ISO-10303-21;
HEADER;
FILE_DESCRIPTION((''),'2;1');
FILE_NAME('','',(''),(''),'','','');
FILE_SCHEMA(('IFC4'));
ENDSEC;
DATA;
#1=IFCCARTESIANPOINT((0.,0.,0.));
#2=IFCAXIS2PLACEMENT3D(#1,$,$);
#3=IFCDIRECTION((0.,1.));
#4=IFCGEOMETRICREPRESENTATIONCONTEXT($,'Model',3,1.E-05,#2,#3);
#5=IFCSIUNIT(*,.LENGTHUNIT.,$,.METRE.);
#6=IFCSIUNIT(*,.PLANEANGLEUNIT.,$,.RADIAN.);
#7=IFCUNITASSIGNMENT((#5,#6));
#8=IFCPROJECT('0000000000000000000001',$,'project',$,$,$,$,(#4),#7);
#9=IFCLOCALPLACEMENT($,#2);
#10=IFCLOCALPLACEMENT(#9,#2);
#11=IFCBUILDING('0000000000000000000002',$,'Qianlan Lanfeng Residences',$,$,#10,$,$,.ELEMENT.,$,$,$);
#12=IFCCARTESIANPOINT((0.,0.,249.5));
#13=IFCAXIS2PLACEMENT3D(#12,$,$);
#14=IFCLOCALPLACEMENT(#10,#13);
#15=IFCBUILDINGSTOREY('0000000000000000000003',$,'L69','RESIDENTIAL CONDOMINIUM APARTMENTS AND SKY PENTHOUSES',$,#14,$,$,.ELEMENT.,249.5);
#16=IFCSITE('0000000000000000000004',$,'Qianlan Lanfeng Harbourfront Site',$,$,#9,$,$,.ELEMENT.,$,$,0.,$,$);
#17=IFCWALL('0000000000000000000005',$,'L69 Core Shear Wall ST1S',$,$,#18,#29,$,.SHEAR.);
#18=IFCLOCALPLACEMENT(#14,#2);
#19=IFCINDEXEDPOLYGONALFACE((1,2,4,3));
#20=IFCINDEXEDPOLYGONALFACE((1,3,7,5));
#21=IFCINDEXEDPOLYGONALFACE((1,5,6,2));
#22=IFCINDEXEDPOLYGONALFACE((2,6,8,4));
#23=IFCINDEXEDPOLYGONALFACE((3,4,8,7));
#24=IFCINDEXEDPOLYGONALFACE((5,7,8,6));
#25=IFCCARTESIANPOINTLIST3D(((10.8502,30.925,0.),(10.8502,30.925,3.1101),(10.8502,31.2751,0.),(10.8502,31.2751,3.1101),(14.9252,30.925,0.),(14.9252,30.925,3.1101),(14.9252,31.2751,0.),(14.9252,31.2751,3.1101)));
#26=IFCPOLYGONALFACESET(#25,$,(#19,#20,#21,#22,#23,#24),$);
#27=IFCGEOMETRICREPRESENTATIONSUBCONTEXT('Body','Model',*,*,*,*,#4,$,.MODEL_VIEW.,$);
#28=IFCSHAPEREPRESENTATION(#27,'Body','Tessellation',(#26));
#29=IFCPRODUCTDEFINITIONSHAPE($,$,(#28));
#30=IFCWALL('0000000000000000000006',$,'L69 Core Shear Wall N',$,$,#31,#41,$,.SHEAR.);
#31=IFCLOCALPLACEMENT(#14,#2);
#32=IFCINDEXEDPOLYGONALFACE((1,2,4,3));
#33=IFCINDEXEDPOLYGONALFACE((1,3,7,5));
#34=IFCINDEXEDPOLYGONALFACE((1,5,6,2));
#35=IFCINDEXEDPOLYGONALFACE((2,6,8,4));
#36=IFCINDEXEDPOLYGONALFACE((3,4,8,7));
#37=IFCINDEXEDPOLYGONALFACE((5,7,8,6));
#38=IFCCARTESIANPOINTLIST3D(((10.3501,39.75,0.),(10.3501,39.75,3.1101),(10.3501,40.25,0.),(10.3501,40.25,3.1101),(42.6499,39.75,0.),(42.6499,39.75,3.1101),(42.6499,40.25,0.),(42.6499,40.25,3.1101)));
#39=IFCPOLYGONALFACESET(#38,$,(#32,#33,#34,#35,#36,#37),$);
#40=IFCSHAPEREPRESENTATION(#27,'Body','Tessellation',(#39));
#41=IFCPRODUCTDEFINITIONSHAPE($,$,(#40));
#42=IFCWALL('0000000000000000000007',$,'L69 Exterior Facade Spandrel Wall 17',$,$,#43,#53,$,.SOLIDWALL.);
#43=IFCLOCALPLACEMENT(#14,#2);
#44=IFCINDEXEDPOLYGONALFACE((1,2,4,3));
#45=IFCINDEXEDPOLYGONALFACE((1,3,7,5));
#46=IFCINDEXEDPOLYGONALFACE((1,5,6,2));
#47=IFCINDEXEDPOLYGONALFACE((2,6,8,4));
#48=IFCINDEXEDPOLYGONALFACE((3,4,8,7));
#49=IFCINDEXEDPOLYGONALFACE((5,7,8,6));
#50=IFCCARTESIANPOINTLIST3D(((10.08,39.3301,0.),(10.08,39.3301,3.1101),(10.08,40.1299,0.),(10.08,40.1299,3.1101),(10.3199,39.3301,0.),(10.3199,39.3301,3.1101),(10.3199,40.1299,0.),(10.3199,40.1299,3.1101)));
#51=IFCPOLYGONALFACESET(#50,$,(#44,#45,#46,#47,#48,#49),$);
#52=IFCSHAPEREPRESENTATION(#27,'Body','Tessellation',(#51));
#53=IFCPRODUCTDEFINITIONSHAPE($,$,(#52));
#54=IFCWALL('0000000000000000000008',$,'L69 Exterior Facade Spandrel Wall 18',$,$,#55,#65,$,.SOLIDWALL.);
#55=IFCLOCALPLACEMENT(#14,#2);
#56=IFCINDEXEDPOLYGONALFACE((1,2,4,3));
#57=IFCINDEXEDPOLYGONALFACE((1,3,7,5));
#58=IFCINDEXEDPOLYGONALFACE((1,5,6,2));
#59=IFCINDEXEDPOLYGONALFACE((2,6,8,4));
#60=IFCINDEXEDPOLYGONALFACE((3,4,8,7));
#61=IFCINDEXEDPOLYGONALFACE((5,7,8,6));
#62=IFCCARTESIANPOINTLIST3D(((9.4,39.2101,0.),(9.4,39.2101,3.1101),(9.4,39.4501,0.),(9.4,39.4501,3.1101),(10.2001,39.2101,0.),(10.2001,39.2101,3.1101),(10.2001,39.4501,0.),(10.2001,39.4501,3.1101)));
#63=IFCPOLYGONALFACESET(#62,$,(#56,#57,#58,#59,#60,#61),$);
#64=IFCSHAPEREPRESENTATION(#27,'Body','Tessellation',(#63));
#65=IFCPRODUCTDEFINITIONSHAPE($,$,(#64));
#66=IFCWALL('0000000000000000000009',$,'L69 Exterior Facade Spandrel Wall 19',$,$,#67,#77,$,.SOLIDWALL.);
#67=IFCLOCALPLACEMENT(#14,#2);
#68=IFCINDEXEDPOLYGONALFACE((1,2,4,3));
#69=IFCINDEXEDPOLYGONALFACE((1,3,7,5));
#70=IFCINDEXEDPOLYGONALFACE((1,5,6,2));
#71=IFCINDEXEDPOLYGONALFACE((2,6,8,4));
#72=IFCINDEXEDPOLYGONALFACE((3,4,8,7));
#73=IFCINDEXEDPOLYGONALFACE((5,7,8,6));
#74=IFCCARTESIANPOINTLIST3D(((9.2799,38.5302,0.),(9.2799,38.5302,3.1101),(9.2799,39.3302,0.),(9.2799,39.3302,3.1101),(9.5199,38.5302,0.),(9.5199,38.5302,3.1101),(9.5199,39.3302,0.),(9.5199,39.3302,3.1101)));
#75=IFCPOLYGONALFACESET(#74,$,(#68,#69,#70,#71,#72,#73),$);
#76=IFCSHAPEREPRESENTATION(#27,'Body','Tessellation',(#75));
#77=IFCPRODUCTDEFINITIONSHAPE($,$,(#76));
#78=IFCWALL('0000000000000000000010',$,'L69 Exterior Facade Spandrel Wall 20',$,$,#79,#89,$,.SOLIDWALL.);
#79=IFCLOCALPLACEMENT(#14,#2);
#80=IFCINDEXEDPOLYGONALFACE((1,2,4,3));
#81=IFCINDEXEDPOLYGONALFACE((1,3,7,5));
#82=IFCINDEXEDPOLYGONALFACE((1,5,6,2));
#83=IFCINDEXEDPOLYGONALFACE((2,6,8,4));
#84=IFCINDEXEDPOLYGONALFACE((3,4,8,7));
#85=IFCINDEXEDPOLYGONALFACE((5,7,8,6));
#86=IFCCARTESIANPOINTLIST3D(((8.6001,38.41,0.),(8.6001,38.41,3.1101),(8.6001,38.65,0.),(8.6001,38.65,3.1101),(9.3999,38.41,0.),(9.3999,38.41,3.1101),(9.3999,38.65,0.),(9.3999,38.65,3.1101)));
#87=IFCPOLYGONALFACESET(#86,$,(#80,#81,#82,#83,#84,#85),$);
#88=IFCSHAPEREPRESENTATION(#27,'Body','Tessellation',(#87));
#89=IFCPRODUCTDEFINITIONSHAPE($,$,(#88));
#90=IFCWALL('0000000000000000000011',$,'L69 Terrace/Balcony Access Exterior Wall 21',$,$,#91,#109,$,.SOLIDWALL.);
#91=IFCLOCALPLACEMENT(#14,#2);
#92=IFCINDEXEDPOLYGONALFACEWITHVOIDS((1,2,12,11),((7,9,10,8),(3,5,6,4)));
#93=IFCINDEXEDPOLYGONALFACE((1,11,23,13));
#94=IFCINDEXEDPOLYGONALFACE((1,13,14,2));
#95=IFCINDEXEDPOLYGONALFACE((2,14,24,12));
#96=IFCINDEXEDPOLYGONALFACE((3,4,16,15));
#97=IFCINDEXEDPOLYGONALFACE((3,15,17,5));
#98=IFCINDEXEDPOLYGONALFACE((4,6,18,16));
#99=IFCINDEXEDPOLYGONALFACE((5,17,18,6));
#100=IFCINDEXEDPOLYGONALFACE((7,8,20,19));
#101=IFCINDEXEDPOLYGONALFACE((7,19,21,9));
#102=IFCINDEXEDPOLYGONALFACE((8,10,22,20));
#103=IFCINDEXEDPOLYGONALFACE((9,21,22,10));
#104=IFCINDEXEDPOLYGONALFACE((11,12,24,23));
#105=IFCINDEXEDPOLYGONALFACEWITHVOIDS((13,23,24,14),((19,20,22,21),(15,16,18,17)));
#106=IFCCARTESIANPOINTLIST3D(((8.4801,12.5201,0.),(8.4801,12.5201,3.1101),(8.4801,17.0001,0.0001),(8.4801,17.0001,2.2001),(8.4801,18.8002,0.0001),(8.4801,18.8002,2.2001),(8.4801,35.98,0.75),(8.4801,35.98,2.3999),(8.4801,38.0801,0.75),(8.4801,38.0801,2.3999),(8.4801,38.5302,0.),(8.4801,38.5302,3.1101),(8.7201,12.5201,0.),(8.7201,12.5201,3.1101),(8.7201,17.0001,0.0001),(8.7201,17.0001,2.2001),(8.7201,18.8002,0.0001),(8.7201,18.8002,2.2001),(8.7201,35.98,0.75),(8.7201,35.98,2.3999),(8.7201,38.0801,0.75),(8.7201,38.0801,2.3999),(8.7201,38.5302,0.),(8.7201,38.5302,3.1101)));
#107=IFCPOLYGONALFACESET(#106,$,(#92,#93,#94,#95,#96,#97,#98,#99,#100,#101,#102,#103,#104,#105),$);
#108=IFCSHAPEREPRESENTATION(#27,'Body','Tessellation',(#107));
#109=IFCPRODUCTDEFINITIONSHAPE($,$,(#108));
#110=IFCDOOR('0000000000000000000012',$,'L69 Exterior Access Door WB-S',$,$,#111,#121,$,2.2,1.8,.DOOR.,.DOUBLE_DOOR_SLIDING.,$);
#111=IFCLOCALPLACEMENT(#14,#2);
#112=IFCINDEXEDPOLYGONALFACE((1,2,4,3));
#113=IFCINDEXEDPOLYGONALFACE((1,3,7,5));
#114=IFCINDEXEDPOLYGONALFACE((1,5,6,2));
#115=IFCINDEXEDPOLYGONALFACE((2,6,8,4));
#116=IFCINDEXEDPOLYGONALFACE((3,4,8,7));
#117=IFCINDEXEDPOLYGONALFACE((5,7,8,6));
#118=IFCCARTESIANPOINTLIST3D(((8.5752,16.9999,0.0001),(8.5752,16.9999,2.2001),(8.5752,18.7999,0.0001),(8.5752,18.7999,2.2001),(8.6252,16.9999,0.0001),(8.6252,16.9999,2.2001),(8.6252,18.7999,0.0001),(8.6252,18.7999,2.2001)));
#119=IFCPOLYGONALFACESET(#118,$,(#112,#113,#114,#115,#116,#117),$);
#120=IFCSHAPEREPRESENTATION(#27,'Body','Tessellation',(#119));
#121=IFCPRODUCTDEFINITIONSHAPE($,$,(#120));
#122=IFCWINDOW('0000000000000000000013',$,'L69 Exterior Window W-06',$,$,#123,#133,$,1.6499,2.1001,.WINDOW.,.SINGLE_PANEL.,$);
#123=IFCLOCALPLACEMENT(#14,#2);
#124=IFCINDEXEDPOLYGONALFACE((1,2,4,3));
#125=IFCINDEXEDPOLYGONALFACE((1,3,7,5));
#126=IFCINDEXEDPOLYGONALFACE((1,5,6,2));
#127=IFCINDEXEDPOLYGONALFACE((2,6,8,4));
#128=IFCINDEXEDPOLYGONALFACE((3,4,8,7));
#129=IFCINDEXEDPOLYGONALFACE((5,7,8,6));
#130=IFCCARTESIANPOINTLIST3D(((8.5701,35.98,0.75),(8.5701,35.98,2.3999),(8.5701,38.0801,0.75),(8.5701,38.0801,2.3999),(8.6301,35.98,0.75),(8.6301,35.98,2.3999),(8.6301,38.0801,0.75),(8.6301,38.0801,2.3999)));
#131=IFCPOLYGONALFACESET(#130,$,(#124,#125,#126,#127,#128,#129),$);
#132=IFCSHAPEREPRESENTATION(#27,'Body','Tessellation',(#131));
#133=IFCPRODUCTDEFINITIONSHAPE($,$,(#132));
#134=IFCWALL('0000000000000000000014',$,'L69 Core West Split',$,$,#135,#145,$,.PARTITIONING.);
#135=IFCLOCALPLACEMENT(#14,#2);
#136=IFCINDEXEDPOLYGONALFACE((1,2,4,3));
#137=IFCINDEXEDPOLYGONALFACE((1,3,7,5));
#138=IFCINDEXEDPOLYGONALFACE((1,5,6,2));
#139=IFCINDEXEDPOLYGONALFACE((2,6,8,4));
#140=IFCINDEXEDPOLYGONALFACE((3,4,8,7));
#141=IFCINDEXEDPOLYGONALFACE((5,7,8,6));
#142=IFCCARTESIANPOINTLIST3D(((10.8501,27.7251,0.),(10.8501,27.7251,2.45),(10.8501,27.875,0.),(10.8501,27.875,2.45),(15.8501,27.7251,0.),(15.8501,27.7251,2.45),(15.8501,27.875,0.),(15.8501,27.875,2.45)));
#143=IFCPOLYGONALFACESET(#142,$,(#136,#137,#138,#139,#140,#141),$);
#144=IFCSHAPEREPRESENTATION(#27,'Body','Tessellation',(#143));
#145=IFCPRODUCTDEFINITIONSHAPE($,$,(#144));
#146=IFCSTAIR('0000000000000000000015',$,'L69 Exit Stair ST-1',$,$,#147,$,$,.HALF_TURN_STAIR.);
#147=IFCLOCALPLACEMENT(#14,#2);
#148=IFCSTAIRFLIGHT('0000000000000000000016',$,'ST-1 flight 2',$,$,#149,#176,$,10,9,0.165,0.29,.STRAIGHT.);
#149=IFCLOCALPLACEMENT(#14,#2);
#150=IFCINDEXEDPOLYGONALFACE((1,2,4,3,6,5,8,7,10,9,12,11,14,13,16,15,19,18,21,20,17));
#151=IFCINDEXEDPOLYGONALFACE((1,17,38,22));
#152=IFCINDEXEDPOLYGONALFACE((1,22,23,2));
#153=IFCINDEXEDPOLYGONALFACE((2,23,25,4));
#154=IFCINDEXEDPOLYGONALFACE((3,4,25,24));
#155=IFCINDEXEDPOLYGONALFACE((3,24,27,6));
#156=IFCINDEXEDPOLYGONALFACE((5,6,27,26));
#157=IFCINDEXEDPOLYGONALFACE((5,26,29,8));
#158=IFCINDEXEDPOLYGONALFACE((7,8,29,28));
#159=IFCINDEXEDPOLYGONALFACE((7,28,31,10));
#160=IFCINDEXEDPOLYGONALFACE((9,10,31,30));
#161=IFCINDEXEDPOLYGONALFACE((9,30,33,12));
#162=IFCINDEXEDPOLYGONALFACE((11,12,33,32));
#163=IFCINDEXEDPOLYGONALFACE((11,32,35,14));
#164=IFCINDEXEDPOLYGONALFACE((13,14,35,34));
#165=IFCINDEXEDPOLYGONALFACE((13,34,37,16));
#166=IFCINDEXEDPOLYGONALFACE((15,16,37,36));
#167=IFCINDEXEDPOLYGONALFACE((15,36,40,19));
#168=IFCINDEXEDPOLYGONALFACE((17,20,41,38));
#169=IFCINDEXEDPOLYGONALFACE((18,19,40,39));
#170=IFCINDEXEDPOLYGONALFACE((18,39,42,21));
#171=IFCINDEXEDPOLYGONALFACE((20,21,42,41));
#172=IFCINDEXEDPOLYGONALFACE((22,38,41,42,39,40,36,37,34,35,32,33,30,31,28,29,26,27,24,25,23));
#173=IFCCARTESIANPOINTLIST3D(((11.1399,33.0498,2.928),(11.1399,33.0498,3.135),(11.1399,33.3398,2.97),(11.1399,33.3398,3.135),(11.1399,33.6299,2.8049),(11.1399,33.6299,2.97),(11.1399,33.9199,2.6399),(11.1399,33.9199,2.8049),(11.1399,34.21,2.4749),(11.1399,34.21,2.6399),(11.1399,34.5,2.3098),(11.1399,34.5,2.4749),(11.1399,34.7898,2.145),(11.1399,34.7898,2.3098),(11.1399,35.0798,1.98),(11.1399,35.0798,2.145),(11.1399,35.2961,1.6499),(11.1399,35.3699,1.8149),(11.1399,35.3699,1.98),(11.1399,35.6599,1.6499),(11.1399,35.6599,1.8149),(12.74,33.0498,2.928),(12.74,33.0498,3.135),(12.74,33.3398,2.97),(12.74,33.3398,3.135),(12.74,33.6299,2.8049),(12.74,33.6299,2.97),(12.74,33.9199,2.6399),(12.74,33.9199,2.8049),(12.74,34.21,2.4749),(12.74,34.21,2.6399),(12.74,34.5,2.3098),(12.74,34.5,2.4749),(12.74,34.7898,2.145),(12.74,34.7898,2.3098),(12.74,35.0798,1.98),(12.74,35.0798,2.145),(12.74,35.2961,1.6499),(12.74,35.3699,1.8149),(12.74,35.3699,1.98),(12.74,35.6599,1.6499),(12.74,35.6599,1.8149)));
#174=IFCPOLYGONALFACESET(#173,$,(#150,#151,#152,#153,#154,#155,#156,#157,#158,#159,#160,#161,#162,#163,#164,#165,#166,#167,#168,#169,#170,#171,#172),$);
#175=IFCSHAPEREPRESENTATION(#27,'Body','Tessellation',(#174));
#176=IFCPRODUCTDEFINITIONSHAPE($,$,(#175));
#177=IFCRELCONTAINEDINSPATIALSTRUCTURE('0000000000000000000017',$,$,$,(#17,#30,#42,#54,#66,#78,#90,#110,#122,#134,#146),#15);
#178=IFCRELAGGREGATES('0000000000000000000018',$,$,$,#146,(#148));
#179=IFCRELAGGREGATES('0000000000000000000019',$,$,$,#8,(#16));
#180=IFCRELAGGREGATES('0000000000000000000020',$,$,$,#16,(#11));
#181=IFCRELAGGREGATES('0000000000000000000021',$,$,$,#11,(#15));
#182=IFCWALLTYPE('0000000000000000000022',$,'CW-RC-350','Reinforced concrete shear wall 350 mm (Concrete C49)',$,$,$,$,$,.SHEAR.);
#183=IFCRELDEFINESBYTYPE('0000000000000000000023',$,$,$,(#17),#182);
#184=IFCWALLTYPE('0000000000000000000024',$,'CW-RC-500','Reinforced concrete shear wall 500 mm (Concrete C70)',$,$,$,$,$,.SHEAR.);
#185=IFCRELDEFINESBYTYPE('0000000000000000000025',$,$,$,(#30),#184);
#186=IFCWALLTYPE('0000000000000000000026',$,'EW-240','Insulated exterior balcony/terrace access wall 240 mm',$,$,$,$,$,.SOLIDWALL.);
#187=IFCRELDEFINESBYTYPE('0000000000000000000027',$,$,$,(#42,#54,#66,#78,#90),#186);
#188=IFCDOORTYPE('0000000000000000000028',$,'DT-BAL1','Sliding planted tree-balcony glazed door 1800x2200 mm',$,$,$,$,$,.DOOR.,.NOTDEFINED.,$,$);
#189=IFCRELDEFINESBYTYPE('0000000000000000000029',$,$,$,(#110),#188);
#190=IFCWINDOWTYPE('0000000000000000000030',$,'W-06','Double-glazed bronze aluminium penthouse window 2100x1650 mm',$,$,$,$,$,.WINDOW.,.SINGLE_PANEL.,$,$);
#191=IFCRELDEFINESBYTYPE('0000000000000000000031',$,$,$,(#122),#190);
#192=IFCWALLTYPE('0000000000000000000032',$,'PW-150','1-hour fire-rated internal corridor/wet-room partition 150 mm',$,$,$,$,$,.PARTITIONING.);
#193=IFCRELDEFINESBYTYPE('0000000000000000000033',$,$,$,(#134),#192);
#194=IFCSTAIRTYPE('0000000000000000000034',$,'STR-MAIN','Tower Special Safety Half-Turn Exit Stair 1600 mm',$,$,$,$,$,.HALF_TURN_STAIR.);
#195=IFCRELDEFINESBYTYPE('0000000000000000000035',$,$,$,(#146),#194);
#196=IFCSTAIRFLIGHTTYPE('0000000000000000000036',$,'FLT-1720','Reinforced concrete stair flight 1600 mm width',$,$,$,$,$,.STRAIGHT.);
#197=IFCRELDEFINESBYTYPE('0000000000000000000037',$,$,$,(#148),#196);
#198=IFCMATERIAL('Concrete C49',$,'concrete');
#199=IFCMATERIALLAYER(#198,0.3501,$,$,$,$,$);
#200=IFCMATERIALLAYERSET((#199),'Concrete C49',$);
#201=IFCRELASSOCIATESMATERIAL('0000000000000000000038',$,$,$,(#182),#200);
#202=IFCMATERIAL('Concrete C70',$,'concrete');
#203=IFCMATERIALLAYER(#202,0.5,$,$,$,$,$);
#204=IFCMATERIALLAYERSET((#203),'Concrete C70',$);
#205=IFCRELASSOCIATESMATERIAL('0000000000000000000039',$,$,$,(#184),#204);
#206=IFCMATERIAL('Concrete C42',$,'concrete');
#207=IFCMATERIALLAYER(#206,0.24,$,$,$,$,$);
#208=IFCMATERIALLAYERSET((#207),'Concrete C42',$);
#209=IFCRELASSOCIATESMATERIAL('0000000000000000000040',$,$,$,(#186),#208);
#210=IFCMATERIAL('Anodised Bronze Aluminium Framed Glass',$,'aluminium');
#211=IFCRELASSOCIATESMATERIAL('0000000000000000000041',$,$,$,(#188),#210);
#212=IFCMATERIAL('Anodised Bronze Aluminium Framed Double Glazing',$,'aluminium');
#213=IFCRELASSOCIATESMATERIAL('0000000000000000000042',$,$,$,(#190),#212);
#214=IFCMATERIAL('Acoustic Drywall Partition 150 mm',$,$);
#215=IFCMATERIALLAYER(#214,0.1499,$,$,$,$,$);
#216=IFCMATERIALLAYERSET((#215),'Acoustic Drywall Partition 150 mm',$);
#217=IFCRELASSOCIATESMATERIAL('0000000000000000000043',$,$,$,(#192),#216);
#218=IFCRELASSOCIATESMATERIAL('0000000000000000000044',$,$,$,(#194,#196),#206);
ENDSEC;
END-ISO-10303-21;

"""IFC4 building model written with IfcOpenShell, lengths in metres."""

from ifc_helpers import new_model, si_unit, direction, frame, frame_2d, origin, place, context, subcontext, project, spatial, polyline, rectangle, outline, extrude, material, layer, layer_set, type_object, element, fill, aggregate, save


model = new_model("IFC4")

# Units and contexts
model_context = context("Model", 3, precision=1e-05, world=origin(), true_north=direction((0.0, 1.0)))
body_context = subcontext(model_context, "Body", "Model", "MODEL_VIEW")
ifc_project = project(units=[si_unit("LENGTHUNIT", "METRE"), si_unit("PLANEANGLEUNIT", "RADIAN")], contexts=[model_context])

# Site, building, storey
site_placement = place(None, origin())
site = spatial("IfcSite", under=ifc_project, at=site_placement, Name="Qianlan Lanfeng Harbourfront Site", CompositionType="ELEMENT", RefElevation=0.0)
building_placement = place(site_placement, origin())
building = spatial("IfcBuilding", under=site, at=building_placement, Name="Qianlan Lanfeng Residences", CompositionType="ELEMENT")
storey_placement = place(building_placement, frame((0.0, 0.0, 249.5)))
storey = spatial("IfcBuildingStorey", under=building, at=storey_placement, Name="L69", Description="RESIDENTIAL CONDOMINIUM APARTMENTS AND SKY PENTHOUSES", CompositionType="ELEMENT", Elevation=249.5)

# Walls
ifc_material_1 = material(Name="Concrete C49", Category="concrete")
ifc_layer_1 = layer(ifc_material_1, 0.3501)
ifc_layer_set_1 = layer_set([ifc_layer_1], Name="Concrete C49")
wall_type_1 = type_object("IfcWallType", Name="CW-RC-350", Description="Reinforced concrete shear wall 350 mm (Concrete C49)", PredefinedType="SHEAR", material=ifc_layer_set_1)
wall_1_placement = place(storey_placement, frame((10.8501, 31.1001, 0.0), z_axis=(0.0, 0.0, 1.0), x_axis=(1.0, 0.0, 0.0)))
element("IfcWall", 1, at=wall_1_placement, inside=storey, type_object=wall_type_1, Name="L69 Core Shear Wall ST1S", PredefinedType="SHEAR", context=body_context, shape_type="SweptSolid", body=[
    extrude(rectangle(XDim=4.075, YDim=0.3501, at=frame_2d((2.0376, 0.0))), origin(), (0.0, 0.0, 1.0), 3.1101),
])
ifc_material_2 = material(Name="Concrete C70", Category="concrete")
ifc_layer_2 = layer(ifc_material_2, 0.5)
ifc_layer_set_2 = layer_set([ifc_layer_2], Name="Concrete C70")
wall_type_2 = type_object("IfcWallType", Name="CW-RC-500", Description="Reinforced concrete shear wall 500 mm (Concrete C70)", PredefinedType="SHEAR", material=ifc_layer_set_2)
wall_2_placement = place(storey_placement, frame((10.3501, 40.0, 0.0), z_axis=(0.0, 0.0, 1.0), x_axis=(1.0, 0.0, 0.0)))
element("IfcWall", 2, at=wall_2_placement, inside=storey, type_object=wall_type_2, Name="L69 Core Shear Wall N", PredefinedType="SHEAR", context=body_context, shape_type="SweptSolid", body=[
    extrude(rectangle(XDim=32.2998, YDim=0.5, at=frame_2d((16.1499, 0.0))), origin(), (0.0, 0.0, 1.0), 3.1101),
])
ifc_material_3 = material(Name="Concrete C42", Category="concrete")
ifc_layer_3 = layer(ifc_material_3, 0.24)
ifc_layer_set_3 = layer_set([ifc_layer_3], Name="Concrete C42")
wall_type_3 = type_object("IfcWallType", Name="EW-240", Description="Insulated exterior balcony/terrace access wall 240 mm", PredefinedType="SOLIDWALL", material=ifc_layer_set_3)
wall_3_placement = place(storey_placement, frame((10.2, 40.1299, 0.0), z_axis=(0.0, 0.0, 1.0), x_axis=(0.0, -1.0, 0.0)))
element("IfcWall", 3, at=wall_3_placement, inside=storey, type_object=wall_type_3, Name="L69 Exterior Facade Spandrel Wall 17", PredefinedType="SOLIDWALL", context=body_context, shape_type="SweptSolid", body=[
    extrude(rectangle(XDim=0.7998, YDim=0.24, at=frame_2d((0.3999, 0.0))), origin(), (0.0, 0.0, 1.0), 3.1101),
])
for number, where, z_axis, x_axis, name in (
    (4, (10.2, 39.3301, 0.0), (0.0, 0.0, 1.0), (-1.0, 0.0, 0.0), "L69 Exterior Facade Spandrel Wall 18"),
    (5, (9.3999, 39.3301, 0.0), (0.0, 0.0, 1.0), (0.0, -1.0, 0.0), "L69 Exterior Facade Spandrel Wall 19"),
):
    element("IfcWall", number, at=place(storey_placement, frame(where, z_axis=z_axis, x_axis=x_axis)), inside=storey, type_object=wall_type_3, Name=name, PredefinedType="SOLIDWALL", context=body_context, shape_type="SweptSolid", body=[
        extrude(rectangle(XDim=0.8, YDim=0.24, at=frame_2d((0.3999, 0.0))), origin(), (0.0, 0.0, 1.0), 3.1101),
    ])
wall_4_placement = place(storey_placement, frame((9.3999, 38.53, 0.0), z_axis=(0.0, 0.0, 1.0), x_axis=(-1.0, 0.0, 0.0)))
element("IfcWall", 6, at=wall_4_placement, inside=storey, type_object=wall_type_3, Name="L69 Exterior Facade Spandrel Wall 20", PredefinedType="SOLIDWALL", context=body_context, shape_type="SweptSolid", body=[
    extrude(rectangle(XDim=0.7998, YDim=0.24, at=frame_2d((0.3999, 0.0))), origin(), (0.0, 0.0, 1.0), 3.1101),
])

# Wall, openings, door, window
wall_5_placement = place(storey_placement, frame((8.6001, 38.53, 0.0), z_axis=(0.0, 0.0, 1.0), x_axis=(0.0, -1.0, 0.0)))
wall_5 = element("IfcWall", 7, at=wall_5_placement, inside=storey, type_object=wall_type_3, Name="L69 Terrace/Balcony Access Exterior Wall 21", PredefinedType="SOLIDWALL", context=body_context, shape_type="SweptSolid", body=[
    extrude(rectangle(XDim=26.01, YDim=0.24, at=frame_2d((13.0049, 0.0))), origin(), (0.0, 0.0, 1.0), 3.1101),
])
opening_1_placement = place(wall_5_placement, frame((19.73, 0.0, 0.0)))
opening_1 = element("IfcOpeningElement", 8, at=opening_1_placement, cuts=wall_5, PredefinedType="OPENING", context=body_context, shape_type="SweptSolid", body=[
    extrude(rectangle(XDim=1.8, YDim=2.2, at=frame_2d((0.8999, 1.1001))), frame((0.0, 0.1299, 0.0), z_axis=(0.0, -1.0, 0.0), x_axis=(1.0, 0.0, 0.0)), (0.0, 0.0, 1.0), 0.26),
])
opening_2_placement = place(wall_5_placement, frame((0.45, 0.0, 0.75)))
opening_2 = element("IfcOpeningElement", 9, at=opening_2_placement, cuts=wall_5, PredefinedType="OPENING", context=body_context, shape_type="SweptSolid", body=[
    extrude(rectangle(XDim=2.1001, YDim=1.6499, at=frame_2d((1.05, 0.825))), frame((0.0, 0.1299, 0.0), z_axis=(0.0, -1.0, 0.0), x_axis=(1.0, 0.0, 0.0)), (0.0, 0.0, 1.0), 0.26),
])
ifc_material_4 = material(Name="Anodised Bronze Aluminium Framed Glass", Category="aluminium")
door_type_1 = type_object("IfcDoorType", Name="DT-BAL1", Description="Sliding planted tree-balcony glazed door 1800x2200 mm", OperationType="NOTDEFINED", PredefinedType="DOOR", material=ifc_material_4)
door_1_placement = place(opening_1_placement, frame((1.8, 0.0, 0.0), z_axis=(0.0, 0.0, 1.0), x_axis=(-1.0, 0.0, 0.0)))
door_1 = element("IfcDoor", 10, at=door_1_placement, inside=storey, type_object=door_type_1, Name="L69 Exterior Access Door WB-S", OperationType="DOUBLE_DOOR_SLIDING", OverallHeight=2.2, OverallWidth=1.8, PredefinedType="DOOR", context=body_context, shape_type="SweptSolid", body=[
    extrude(rectangle(XDim=1.8, YDim=2.2, at=frame_2d((0.8999, 1.1001))), frame((0.0, 0.0249, 0.0), z_axis=(0.0, -1.0, 0.0), x_axis=(1.0, 0.0, 0.0)), (0.0, 0.0, 1.0), 0.05),
])
fill(opening_1, door_1)
ifc_material_5 = material(Name="Anodised Bronze Aluminium Framed Double Glazing", Category="aluminium")
window_type = type_object("IfcWindowType", Name="W-06", Description="Double-glazed bronze aluminium penthouse window 2100x1650 mm", PartitioningType="SINGLE_PANEL", PredefinedType="WINDOW", material=ifc_material_5)
window_placement = place(opening_2_placement, origin())
window = element("IfcWindow", 11, at=window_placement, inside=storey, type_object=window_type, Name="L69 Exterior Window W-06", OverallHeight=1.6499, OverallWidth=2.1001, PartitioningType="SINGLE_PANEL", PredefinedType="WINDOW", context=body_context, shape_type="SweptSolid", body=[
    extrude(rectangle(XDim=2.1001, YDim=1.6499, at=frame_2d((1.05, 0.825))), frame((0.0, 0.03, 0.0), z_axis=(0.0, -1.0, 0.0), x_axis=(1.0, 0.0, 0.0)), (0.0, 0.0, 1.0), 0.0601),
])
fill(opening_2, window)

# Wall
ifc_material_6 = material(Name="Acoustic Drywall Partition 150 mm")
ifc_layer_4 = layer(ifc_material_6, 0.1499)
ifc_layer_set_4 = layer_set([ifc_layer_4], Name="Acoustic Drywall Partition 150 mm")
wall_type_4 = type_object("IfcWallType", Name="PW-150", Description="1-hour fire-rated internal corridor/wet-room partition 150 mm", PredefinedType="PARTITIONING", material=ifc_layer_set_4)
wall_6_placement = place(storey_placement, frame((10.8501, 27.8, 0.0), z_axis=(0.0, 0.0, 1.0), x_axis=(1.0, 0.0, 0.0)))
element("IfcWall", 12, at=wall_6_placement, inside=storey, type_object=wall_type_4, Name="L69 Core West Split", PredefinedType="PARTITIONING", context=body_context, shape_type="SweptSolid", body=[
    extrude(rectangle(XDim=5.0, YDim=0.1499, at=frame_2d((2.5, 0.0))), origin(), (0.0, 0.0, 1.0), 2.45),
])

# Stair, stair flight
stair_type = type_object("IfcStairType", Name="STR-MAIN", Description="Tower Special Safety Half-Turn Exit Stair 1600 mm", PredefinedType="HALF_TURN_STAIR", material=ifc_material_3)
stair_placement = place(storey_placement, origin())
stair = element("IfcStair", 13, at=stair_placement, inside=storey, type_object=stair_type, Name="L69 Exit Stair ST-1", PredefinedType="HALF_TURN_STAIR")
stair_flight_type = type_object("IfcStairFlightType", Name="FLT-1720", Description="Reinforced concrete stair flight 1600 mm width", PredefinedType="STRAIGHT", material=ifc_material_3)
stair_flight_placement = place(storey_placement, frame((11.9399, 35.6599, 1.6499), z_axis=(0.0, 0.0, 1.0), x_axis=(0.0, -1.0, 0.0)))
stair_flight = element("IfcStairFlight", 14, at=stair_flight_placement, type_object=stair_flight_type, Name="ST-1 flight 2", NumberOfRisers=10, NumberOfTreads=9, PredefinedType="STRAIGHT", RiserHeight=0.165, TreadLength=0.29, context=body_context, shape_type="SweptSolid", body=[
    extrude(outline(polyline([(0.0, 0.0), (0.0, 0.165), (0.29, 0.165), (0.29, 0.3301), (0.5801, 0.3301), (0.5801, 0.4951), (0.8701, 0.4951), (0.8701, 0.6599), (1.1599, 0.6599), (1.1599, 0.825), (1.45, 0.825), (1.45, 0.99), (1.74, 0.99), (1.74, 1.155), (2.03, 1.155), (2.03, 1.3201), (2.3201, 1.3201), (2.3201, 1.4851), (2.6101, 1.4851), (2.6101, 1.6499), (2.6101, 1.2781), (0.3638, 0.0), (0.0, 0.0)])), frame((0.0, 0.8, 0.0), z_axis=(0.0, -1.0, 0.0), x_axis=(1.0, 0.0, 0.0)), (0.0, 0.0, 1.0), 1.6001),
])
aggregate(stair, [stair_flight])

save(model, "model.ifc")
